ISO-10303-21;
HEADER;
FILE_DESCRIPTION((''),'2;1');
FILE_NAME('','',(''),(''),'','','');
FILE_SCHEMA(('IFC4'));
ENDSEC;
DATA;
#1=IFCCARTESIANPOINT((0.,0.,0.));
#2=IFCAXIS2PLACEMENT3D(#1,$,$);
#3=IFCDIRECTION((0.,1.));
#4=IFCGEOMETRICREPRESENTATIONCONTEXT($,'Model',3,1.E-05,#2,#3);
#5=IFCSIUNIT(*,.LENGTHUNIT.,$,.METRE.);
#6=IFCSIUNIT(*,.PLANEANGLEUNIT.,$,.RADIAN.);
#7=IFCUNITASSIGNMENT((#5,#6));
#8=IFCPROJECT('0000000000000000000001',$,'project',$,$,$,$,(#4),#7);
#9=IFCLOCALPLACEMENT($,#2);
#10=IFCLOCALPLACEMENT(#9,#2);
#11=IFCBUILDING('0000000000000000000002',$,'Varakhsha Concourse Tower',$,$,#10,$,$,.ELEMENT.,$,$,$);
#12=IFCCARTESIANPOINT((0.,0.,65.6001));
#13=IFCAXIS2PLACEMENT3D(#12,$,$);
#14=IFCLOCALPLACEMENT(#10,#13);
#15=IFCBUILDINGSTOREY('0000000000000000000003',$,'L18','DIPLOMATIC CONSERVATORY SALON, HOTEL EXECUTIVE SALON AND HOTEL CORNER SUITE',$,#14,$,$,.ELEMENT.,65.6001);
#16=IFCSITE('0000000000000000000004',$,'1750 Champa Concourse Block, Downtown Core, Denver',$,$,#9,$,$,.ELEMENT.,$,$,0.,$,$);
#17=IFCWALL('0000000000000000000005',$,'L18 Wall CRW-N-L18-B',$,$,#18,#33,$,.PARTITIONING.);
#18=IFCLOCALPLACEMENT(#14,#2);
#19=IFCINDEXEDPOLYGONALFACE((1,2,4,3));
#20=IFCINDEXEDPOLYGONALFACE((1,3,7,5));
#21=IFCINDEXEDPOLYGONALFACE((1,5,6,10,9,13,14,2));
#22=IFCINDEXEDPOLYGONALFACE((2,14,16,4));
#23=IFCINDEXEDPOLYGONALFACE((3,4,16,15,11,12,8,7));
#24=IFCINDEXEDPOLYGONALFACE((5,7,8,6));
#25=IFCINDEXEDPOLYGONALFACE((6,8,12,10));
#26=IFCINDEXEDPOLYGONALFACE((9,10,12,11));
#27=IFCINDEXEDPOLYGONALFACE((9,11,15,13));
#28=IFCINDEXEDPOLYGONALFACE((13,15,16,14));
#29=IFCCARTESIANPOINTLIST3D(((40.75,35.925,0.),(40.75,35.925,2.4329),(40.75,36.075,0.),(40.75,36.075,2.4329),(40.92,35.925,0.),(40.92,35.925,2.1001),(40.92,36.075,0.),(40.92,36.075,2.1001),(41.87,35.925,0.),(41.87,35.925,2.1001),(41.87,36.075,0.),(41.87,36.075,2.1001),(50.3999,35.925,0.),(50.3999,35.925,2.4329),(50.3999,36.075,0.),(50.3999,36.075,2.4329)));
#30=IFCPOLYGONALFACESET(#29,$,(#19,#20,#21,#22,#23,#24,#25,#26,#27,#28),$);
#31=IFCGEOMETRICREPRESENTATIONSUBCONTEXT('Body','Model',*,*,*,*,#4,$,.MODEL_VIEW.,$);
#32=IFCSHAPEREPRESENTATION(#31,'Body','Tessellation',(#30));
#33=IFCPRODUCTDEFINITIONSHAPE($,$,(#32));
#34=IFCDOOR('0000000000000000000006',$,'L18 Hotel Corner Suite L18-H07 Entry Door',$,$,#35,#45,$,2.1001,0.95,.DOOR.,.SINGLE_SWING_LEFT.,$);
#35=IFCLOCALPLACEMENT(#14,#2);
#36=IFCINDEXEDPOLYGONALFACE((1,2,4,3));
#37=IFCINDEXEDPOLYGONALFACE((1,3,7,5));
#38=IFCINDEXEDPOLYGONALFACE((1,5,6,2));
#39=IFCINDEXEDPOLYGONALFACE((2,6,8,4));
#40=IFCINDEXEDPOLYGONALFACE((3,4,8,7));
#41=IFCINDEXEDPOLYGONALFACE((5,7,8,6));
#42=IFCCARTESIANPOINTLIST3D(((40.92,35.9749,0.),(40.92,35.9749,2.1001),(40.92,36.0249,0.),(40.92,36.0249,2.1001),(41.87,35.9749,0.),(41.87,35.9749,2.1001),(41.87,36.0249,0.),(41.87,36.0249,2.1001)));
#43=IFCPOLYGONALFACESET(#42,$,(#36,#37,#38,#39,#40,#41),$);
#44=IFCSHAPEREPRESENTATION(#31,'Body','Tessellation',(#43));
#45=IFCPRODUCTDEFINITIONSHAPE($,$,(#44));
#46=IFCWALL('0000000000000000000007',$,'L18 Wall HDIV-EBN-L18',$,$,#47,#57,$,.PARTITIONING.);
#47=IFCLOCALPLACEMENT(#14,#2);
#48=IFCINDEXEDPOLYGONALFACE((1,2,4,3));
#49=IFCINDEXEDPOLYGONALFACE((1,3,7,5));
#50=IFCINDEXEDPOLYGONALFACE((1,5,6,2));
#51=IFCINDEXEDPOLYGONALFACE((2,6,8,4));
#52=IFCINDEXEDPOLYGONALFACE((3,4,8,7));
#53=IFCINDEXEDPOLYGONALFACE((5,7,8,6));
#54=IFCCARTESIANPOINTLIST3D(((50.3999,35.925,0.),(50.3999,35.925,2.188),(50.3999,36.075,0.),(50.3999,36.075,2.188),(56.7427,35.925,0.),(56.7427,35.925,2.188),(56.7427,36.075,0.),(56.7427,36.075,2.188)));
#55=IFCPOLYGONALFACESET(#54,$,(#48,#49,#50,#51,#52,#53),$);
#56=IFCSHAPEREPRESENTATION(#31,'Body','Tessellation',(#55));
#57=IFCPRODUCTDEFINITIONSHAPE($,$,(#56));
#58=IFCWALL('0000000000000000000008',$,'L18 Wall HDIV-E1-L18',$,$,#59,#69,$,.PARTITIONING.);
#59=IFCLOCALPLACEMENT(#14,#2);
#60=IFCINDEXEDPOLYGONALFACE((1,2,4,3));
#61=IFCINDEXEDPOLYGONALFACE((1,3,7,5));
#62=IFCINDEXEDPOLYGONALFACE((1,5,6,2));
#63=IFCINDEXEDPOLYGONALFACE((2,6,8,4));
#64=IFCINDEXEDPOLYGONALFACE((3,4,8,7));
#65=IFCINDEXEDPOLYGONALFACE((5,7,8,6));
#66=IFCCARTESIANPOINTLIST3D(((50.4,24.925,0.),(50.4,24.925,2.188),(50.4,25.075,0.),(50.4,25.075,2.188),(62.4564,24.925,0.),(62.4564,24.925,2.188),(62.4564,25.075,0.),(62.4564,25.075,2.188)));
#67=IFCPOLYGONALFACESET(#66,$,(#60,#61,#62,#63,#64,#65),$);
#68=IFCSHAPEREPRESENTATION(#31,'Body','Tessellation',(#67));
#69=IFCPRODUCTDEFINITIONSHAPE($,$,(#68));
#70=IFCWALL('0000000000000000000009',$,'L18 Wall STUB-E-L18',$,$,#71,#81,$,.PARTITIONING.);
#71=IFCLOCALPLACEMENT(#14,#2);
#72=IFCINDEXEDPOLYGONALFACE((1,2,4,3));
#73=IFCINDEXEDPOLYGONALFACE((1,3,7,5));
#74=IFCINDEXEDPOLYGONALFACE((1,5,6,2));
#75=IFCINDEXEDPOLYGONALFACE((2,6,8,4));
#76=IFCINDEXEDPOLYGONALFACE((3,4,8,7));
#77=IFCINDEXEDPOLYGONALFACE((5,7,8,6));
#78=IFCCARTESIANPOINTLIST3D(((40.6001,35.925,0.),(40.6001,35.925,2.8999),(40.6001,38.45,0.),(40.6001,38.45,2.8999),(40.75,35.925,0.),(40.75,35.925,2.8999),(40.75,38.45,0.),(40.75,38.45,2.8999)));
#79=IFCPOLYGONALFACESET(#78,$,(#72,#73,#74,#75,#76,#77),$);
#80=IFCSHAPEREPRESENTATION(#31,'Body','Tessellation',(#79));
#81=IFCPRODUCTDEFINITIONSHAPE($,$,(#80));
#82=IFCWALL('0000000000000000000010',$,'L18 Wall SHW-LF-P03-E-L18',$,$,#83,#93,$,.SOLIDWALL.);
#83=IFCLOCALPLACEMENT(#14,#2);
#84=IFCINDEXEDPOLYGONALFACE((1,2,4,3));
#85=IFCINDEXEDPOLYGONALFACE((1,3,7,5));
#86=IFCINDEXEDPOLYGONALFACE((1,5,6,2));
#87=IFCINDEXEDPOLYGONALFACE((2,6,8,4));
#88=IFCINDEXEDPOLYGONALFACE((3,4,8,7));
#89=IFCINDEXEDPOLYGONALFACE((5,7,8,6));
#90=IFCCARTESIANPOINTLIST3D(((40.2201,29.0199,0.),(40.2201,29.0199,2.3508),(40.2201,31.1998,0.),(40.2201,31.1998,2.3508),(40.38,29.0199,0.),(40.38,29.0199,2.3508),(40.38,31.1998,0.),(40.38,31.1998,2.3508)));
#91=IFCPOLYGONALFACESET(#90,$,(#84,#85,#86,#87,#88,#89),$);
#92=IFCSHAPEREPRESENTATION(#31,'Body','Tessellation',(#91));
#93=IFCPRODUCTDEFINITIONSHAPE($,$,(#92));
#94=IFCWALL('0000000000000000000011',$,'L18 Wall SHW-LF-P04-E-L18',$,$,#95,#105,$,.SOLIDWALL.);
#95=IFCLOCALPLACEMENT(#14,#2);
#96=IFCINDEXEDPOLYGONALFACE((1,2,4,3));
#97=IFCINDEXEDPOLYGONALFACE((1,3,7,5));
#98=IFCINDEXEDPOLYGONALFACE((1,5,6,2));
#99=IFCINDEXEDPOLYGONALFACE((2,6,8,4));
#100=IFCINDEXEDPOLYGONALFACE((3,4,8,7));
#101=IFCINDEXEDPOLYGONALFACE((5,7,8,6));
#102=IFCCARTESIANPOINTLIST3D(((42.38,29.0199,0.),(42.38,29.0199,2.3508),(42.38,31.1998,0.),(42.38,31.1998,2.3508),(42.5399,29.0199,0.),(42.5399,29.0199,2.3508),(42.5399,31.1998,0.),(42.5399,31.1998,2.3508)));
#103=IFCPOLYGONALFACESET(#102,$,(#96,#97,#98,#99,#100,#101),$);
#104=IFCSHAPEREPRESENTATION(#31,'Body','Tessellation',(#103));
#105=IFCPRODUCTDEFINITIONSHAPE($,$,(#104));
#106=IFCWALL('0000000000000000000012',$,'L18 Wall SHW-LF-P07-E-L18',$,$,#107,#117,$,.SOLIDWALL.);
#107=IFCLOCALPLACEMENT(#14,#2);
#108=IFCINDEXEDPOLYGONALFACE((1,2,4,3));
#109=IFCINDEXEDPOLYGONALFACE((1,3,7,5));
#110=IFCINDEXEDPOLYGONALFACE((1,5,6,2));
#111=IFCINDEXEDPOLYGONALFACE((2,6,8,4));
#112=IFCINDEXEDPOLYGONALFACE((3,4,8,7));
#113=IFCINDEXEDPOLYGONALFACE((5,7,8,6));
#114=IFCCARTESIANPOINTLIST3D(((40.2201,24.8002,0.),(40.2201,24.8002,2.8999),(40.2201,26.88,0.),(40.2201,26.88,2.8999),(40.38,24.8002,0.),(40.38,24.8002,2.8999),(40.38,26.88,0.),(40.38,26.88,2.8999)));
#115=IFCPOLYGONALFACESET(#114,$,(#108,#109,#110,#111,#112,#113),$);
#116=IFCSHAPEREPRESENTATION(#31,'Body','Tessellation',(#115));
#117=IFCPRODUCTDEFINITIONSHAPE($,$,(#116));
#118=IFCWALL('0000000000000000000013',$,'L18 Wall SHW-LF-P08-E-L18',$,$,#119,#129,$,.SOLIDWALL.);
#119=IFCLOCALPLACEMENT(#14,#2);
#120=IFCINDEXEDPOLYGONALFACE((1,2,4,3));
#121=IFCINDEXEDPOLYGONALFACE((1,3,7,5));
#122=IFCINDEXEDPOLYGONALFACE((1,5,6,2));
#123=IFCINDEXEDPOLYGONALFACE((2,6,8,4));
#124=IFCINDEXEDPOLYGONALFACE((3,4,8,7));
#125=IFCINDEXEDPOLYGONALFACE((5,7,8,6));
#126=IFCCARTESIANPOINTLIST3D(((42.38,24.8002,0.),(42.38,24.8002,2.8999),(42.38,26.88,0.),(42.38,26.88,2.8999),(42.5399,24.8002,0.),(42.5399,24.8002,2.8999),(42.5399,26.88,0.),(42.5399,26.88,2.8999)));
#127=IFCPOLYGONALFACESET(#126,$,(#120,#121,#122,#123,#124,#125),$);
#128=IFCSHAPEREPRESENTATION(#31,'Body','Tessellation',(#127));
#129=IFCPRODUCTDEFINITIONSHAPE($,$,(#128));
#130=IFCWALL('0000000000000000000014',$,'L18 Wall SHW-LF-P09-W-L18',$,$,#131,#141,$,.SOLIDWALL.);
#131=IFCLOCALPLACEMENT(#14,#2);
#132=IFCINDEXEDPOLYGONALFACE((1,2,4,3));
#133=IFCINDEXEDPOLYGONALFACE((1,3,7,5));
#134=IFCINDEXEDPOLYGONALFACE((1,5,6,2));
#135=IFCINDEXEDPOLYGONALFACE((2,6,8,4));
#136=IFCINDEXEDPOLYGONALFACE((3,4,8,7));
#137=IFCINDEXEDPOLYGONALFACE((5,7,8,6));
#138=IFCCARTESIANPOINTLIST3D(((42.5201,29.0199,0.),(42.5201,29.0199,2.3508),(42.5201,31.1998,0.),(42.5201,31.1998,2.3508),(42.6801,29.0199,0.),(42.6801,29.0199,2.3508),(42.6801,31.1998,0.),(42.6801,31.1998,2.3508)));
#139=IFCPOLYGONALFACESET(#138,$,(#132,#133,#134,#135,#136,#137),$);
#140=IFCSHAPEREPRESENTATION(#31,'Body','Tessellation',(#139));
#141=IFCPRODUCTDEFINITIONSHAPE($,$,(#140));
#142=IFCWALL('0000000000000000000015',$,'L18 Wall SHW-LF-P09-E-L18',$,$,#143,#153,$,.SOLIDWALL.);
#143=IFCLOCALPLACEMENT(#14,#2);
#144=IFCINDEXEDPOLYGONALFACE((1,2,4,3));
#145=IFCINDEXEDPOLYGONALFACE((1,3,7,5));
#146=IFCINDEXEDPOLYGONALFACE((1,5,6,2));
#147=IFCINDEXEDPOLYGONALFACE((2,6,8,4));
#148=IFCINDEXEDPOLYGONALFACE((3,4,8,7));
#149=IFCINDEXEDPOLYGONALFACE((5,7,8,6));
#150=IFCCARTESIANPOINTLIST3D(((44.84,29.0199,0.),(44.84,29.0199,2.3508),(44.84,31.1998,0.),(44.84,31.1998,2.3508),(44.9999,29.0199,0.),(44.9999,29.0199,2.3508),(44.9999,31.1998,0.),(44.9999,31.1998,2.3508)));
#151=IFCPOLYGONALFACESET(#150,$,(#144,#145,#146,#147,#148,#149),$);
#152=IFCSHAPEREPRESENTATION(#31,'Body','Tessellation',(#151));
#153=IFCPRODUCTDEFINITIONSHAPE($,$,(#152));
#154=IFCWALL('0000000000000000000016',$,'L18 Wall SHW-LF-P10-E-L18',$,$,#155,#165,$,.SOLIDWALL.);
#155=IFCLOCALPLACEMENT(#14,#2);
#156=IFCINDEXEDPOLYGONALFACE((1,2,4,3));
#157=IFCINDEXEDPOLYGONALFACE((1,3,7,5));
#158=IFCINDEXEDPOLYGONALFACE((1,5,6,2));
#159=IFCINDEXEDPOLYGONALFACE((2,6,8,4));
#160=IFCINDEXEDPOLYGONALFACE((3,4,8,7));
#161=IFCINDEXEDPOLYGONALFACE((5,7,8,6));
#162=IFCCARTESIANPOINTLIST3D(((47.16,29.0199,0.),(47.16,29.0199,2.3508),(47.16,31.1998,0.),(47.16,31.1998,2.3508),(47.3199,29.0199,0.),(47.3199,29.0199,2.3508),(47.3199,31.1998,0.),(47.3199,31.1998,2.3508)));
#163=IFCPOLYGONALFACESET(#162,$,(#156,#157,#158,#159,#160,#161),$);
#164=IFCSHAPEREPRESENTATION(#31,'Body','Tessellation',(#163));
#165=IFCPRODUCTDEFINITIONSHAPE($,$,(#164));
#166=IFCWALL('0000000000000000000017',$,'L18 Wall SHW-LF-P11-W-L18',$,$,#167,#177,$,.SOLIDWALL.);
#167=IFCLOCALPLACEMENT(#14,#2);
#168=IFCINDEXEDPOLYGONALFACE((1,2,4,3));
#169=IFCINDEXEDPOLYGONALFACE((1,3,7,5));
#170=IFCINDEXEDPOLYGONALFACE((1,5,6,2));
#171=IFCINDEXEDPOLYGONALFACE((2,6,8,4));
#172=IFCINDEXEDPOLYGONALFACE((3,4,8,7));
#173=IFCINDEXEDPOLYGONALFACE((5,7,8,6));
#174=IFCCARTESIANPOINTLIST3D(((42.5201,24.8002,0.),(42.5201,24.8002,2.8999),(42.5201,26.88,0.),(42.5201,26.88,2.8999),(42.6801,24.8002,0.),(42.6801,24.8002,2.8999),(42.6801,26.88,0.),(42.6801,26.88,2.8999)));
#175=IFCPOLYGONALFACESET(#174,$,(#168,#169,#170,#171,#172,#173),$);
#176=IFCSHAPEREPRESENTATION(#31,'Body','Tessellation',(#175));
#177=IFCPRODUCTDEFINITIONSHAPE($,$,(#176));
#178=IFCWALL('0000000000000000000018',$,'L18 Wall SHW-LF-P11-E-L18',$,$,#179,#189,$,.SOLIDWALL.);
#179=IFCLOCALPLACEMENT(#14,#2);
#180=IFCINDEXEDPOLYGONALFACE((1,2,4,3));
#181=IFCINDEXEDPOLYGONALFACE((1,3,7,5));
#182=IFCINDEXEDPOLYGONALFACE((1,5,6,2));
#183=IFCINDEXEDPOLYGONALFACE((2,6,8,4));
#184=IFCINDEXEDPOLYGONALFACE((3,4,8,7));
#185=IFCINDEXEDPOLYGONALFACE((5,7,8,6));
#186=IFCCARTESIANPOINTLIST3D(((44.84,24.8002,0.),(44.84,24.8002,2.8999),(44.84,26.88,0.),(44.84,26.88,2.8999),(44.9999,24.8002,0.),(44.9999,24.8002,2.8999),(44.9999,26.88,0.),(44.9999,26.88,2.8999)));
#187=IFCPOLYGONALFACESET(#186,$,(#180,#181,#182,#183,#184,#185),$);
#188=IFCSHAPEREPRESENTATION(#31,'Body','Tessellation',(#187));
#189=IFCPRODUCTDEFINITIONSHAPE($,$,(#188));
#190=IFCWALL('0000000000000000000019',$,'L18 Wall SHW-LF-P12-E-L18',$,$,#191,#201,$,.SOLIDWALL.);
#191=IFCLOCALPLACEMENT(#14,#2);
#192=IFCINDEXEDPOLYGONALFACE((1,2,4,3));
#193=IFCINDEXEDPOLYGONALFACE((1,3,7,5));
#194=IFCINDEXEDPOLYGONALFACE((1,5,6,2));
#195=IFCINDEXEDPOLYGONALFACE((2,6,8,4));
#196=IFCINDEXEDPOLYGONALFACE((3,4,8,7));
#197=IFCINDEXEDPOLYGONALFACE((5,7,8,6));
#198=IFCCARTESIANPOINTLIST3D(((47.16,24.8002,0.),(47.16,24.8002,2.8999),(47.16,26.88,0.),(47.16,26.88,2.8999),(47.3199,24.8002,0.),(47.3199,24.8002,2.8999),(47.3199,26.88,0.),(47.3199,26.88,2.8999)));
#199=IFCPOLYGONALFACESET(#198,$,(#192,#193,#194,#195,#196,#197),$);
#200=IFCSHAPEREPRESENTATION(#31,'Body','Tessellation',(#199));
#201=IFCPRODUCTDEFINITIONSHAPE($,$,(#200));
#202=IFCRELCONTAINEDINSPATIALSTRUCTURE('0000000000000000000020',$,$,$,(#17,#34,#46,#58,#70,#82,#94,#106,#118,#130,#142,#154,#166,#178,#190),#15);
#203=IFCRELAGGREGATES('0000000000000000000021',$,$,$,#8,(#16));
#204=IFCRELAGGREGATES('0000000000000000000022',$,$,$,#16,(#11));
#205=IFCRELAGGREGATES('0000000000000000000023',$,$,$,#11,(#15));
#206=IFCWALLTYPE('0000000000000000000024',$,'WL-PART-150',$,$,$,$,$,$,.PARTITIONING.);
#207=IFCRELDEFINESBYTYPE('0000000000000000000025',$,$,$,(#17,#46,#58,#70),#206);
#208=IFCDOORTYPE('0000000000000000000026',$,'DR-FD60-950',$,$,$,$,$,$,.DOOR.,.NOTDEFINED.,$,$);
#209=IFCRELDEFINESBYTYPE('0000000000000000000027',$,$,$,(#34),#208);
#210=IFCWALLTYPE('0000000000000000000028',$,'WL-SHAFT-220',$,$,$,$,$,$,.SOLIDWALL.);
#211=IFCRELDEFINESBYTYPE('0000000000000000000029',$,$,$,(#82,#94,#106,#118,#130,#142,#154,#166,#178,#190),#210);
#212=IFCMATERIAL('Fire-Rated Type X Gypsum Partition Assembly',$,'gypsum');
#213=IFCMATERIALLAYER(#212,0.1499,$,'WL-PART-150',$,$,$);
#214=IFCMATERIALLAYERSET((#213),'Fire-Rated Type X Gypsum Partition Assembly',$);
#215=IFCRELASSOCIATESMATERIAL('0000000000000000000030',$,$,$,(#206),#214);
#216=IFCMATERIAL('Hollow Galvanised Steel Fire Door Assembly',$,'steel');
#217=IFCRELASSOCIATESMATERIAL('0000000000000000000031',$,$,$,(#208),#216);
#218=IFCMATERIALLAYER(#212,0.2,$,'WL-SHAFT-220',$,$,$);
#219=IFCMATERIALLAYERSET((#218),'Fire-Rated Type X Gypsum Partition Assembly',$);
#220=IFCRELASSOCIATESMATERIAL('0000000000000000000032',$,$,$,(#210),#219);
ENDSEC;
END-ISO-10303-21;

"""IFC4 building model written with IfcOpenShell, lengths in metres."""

from ifc_helpers import new_model, si_unit, direction, frame, frame_2d, origin, place, context, subcontext, project, spatial, rectangle, extrude, material, layer, layer_set, type_object, element, fill, save


model = new_model("IFC4")

# Units and contexts
model_context = context("Model", 3, precision=1e-05, world=origin(), true_north=direction((0.0, 1.0)))
body_context = subcontext(model_context, "Body", "Model", "MODEL_VIEW")
ifc_project = project(units=[si_unit("LENGTHUNIT", "METRE"), si_unit("PLANEANGLEUNIT", "RADIAN")], contexts=[model_context])

# Site, building, storey
site_placement = place(None, origin())
site = spatial("IfcSite", under=ifc_project, at=site_placement, Name="1750 Champa Concourse Block, Downtown Core, Denver", CompositionType="ELEMENT", RefElevation=0.0)
building_placement = place(site_placement, origin())
building = spatial("IfcBuilding", under=site, at=building_placement, Name="Varakhsha Concourse Tower", CompositionType="ELEMENT")
storey_placement = place(building_placement, frame((0.0, 0.0, 65.6001)))
storey = spatial("IfcBuildingStorey", under=building, at=storey_placement, Name="L18", Description="DIPLOMATIC CONSERVATORY SALON, HOTEL EXECUTIVE SALON AND HOTEL CORNER SUITE", CompositionType="ELEMENT", Elevation=65.6001)

# Shared definitions
ifc_material_1 = material(Name="Fire-Rated Type X Gypsum Partition Assembly", Category="gypsum")
ifc_layer_1 = layer(ifc_material_1, 0.1499, Name="WL-PART-150")
ifc_layer_set_1 = layer_set([ifc_layer_1], Name="Fire-Rated Type X Gypsum Partition Assembly")
wall_type_1 = type_object("IfcWallType", Name="WL-PART-150", PredefinedType="PARTITIONING", material=ifc_layer_set_1)

# Wall, opening, door
wall_1_placement = place(storey_placement, frame((40.75, 36.0, 0.0), z_axis=(0.0, 0.0, 1.0), x_axis=(1.0, 0.0, 0.0)))
wall_1 = element("IfcWall", 1, at=wall_1_placement, inside=storey, type_object=wall_type_1, Name="L18 Wall CRW-N-L18-B", PredefinedType="PARTITIONING", context=body_context, shape_type="SweptSolid", body=[
    extrude(rectangle(XDim=9.6499, YDim=0.1499, at=frame_2d((4.825, 0.0))), origin(), (0.0, 0.0, 1.0), 2.4329),
])
opening_1_placement = place(wall_1_placement, frame((0.1699, 0.0, 0.0)))
opening_1 = element("IfcOpeningElement", 2, at=opening_1_placement, cuts=wall_1, PredefinedType="OPENING", context=body_context, shape_type="SweptSolid", body=[
    extrude(rectangle(XDim=0.95, YDim=2.1001, at=frame_2d((0.4751, 1.05))), frame((0.0, 0.085, 0.0), z_axis=(0.0, -1.0, 0.0), x_axis=(1.0, 0.0, 0.0)), (0.0, 0.0, 1.0), 0.1699),
])
ifc_material_2 = material(Name="Hollow Galvanised Steel Fire Door Assembly", Category="steel")
door_type_1 = type_object("IfcDoorType", Name="DR-FD60-950", OperationType="NOTDEFINED", PredefinedType="DOOR", material=ifc_material_2)
door_1_placement = place(opening_1_placement, origin())
door_1 = element("IfcDoor", 3, at=door_1_placement, inside=storey, type_object=door_type_1, Name="L18 Hotel Corner Suite L18-H07 Entry Door", OperationType="SINGLE_SWING_LEFT", OverallHeight=2.1001, OverallWidth=0.95, PredefinedType="DOOR", context=body_context, shape_type="SweptSolid", body=[
    extrude(rectangle(XDim=0.95, YDim=2.1001, at=frame_2d((0.4751, 1.05))), frame((0.0, 0.0249, 0.0), z_axis=(0.0, -1.0, 0.0), x_axis=(1.0, 0.0, 0.0)), (0.0, 0.0, 1.0), 0.05),
])
fill(opening_1, door_1)

# Walls
wall_2_placement = place(storey_placement, frame((50.3999, 36.0, 0.0), z_axis=(0.0, 0.0, 1.0), x_axis=(1.0, 0.0, 0.0)))
element("IfcWall", 4, at=wall_2_placement, inside=storey, type_object=wall_type_1, Name="L18 Wall HDIV-EBN-L18", PredefinedType="PARTITIONING", context=body_context, shape_type="SweptSolid", body=[
    extrude(rectangle(XDim=6.3428, YDim=0.1499, at=frame_2d((3.1714, 0.0))), origin(), (0.0, 0.0, 1.0), 2.188),
])
wall_3_placement = place(storey_placement, frame((50.3999, 25.0, 0.0), z_axis=(0.0, 0.0, 1.0), x_axis=(1.0, 0.0, 0.0)))
element("IfcWall", 5, at=wall_3_placement, inside=storey, type_object=wall_type_1, Name="L18 Wall HDIV-E1-L18", PredefinedType="PARTITIONING", context=body_context, shape_type="SweptSolid", body=[
    extrude(rectangle(XDim=12.0564, YDim=0.1499, at=frame_2d((6.0283, 0.0))), origin(), (0.0, 0.0, 1.0), 2.188),
])
wall_4_placement = place(storey_placement, frame((40.675, 35.925, 0.0), z_axis=(0.0, 0.0, 1.0), x_axis=(0.0, 1.0, 0.0)))
element("IfcWall", 6, at=wall_4_placement, inside=storey, type_object=wall_type_1, Name="L18 Wall STUB-E-L18", PredefinedType="PARTITIONING", context=body_context, shape_type="SweptSolid", body=[
    extrude(rectangle(XDim=2.5249, YDim=0.1499, at=frame_2d((1.2625, 0.0))), origin(), (0.0, 0.0, 1.0), 2.8999),
])
ifc_layer_2 = layer(ifc_material_1, 0.2, Name="WL-SHAFT-220")
ifc_layer_set_2 = layer_set([ifc_layer_2], Name="Fire-Rated Type X Gypsum Partition Assembly")
wall_type_2 = type_object("IfcWallType", Name="WL-SHAFT-220", PredefinedType="SOLIDWALL", material=ifc_layer_set_2)
for number, where, z_axis, x_axis, name in (
    (7, (40.3, 29.02, 0.0), (0.0, 0.0, 1.0), (0.0, 1.0, 0.0), "L18 Wall SHW-LF-P03-E-L18"),
    (8, (42.46, 29.02, 0.0), (0.0, 0.0, 1.0), (0.0, 1.0, 0.0), "L18 Wall SHW-LF-P04-E-L18"),
):
    element("IfcWall", number, at=place(storey_placement, frame(where, z_axis=z_axis, x_axis=x_axis)), inside=storey, type_object=wall_type_2, Name=name, PredefinedType="SOLIDWALL", context=body_context, shape_type="SweptSolid", body=[
        extrude(rectangle(XDim=2.1799, YDim=0.1599, at=frame_2d((1.0898, 0.0))), origin(), (0.0, 0.0, 1.0), 2.3508),
    ])
for number, where, z_axis, x_axis, name in (
    (9, (40.3, 24.8, 0.0), (0.0, 0.0, 1.0), (0.0, 1.0, 0.0), "L18 Wall SHW-LF-P07-E-L18"),
    (10, (42.46, 24.8, 0.0), (0.0, 0.0, 1.0), (0.0, 1.0, 0.0), "L18 Wall SHW-LF-P08-E-L18"),
):
    element("IfcWall", number, at=place(storey_placement, frame(where, z_axis=z_axis, x_axis=x_axis)), inside=storey, type_object=wall_type_2, Name=name, PredefinedType="SOLIDWALL", context=body_context, shape_type="SweptSolid", body=[
        extrude(rectangle(XDim=2.0798, YDim=0.1599, at=frame_2d((1.04, 0.0))), origin(), (0.0, 0.0, 1.0), 2.8999),
    ])
for number, where, z_axis, x_axis, name in (
    (11, (42.6001, 29.02, 0.0), (0.0, 0.0, 1.0), (0.0, 1.0, 0.0), "L18 Wall SHW-LF-P09-W-L18"),
    (12, (44.9199, 29.02, 0.0), (0.0, 0.0, 1.0), (0.0, 1.0, 0.0), "L18 Wall SHW-LF-P09-E-L18"),
    (13, (47.24, 29.02, 0.0), (0.0, 0.0, 1.0), (0.0, 1.0, 0.0), "L18 Wall SHW-LF-P10-E-L18"),
):
    element("IfcWall", number, at=place(storey_placement, frame(where, z_axis=z_axis, x_axis=x_axis)), inside=storey, type_object=wall_type_2, Name=name, PredefinedType="SOLIDWALL", context=body_context, shape_type="SweptSolid", body=[
        extrude(rectangle(XDim=2.1799, YDim=0.1599, at=frame_2d((1.0898, 0.0))), origin(), (0.0, 0.0, 1.0), 2.3508),
    ])
for number, where, z_axis, x_axis, name in (
    (14, (42.6001, 24.8, 0.0), (0.0, 0.0, 1.0), (0.0, 1.0, 0.0), "L18 Wall SHW-LF-P11-W-L18"),
    (15, (44.9199, 24.8, 0.0), (0.0, 0.0, 1.0), (0.0, 1.0, 0.0), "L18 Wall SHW-LF-P11-E-L18"),
    (16, (47.24, 24.8, 0.0), (0.0, 0.0, 1.0), (0.0, 1.0, 0.0), "L18 Wall SHW-LF-P12-E-L18"),
):
    element("IfcWall", number, at=place(storey_placement, frame(where, z_axis=z_axis, x_axis=x_axis)), inside=storey, type_object=wall_type_2, Name=name, PredefinedType="SOLIDWALL", context=body_context, shape_type="SweptSolid", body=[
        extrude(rectangle(XDim=2.0798, YDim=0.1599, at=frame_2d((1.04, 0.0))), origin(), (0.0, 0.0, 1.0), 2.8999),
    ])

save(model, "model.ifc")
